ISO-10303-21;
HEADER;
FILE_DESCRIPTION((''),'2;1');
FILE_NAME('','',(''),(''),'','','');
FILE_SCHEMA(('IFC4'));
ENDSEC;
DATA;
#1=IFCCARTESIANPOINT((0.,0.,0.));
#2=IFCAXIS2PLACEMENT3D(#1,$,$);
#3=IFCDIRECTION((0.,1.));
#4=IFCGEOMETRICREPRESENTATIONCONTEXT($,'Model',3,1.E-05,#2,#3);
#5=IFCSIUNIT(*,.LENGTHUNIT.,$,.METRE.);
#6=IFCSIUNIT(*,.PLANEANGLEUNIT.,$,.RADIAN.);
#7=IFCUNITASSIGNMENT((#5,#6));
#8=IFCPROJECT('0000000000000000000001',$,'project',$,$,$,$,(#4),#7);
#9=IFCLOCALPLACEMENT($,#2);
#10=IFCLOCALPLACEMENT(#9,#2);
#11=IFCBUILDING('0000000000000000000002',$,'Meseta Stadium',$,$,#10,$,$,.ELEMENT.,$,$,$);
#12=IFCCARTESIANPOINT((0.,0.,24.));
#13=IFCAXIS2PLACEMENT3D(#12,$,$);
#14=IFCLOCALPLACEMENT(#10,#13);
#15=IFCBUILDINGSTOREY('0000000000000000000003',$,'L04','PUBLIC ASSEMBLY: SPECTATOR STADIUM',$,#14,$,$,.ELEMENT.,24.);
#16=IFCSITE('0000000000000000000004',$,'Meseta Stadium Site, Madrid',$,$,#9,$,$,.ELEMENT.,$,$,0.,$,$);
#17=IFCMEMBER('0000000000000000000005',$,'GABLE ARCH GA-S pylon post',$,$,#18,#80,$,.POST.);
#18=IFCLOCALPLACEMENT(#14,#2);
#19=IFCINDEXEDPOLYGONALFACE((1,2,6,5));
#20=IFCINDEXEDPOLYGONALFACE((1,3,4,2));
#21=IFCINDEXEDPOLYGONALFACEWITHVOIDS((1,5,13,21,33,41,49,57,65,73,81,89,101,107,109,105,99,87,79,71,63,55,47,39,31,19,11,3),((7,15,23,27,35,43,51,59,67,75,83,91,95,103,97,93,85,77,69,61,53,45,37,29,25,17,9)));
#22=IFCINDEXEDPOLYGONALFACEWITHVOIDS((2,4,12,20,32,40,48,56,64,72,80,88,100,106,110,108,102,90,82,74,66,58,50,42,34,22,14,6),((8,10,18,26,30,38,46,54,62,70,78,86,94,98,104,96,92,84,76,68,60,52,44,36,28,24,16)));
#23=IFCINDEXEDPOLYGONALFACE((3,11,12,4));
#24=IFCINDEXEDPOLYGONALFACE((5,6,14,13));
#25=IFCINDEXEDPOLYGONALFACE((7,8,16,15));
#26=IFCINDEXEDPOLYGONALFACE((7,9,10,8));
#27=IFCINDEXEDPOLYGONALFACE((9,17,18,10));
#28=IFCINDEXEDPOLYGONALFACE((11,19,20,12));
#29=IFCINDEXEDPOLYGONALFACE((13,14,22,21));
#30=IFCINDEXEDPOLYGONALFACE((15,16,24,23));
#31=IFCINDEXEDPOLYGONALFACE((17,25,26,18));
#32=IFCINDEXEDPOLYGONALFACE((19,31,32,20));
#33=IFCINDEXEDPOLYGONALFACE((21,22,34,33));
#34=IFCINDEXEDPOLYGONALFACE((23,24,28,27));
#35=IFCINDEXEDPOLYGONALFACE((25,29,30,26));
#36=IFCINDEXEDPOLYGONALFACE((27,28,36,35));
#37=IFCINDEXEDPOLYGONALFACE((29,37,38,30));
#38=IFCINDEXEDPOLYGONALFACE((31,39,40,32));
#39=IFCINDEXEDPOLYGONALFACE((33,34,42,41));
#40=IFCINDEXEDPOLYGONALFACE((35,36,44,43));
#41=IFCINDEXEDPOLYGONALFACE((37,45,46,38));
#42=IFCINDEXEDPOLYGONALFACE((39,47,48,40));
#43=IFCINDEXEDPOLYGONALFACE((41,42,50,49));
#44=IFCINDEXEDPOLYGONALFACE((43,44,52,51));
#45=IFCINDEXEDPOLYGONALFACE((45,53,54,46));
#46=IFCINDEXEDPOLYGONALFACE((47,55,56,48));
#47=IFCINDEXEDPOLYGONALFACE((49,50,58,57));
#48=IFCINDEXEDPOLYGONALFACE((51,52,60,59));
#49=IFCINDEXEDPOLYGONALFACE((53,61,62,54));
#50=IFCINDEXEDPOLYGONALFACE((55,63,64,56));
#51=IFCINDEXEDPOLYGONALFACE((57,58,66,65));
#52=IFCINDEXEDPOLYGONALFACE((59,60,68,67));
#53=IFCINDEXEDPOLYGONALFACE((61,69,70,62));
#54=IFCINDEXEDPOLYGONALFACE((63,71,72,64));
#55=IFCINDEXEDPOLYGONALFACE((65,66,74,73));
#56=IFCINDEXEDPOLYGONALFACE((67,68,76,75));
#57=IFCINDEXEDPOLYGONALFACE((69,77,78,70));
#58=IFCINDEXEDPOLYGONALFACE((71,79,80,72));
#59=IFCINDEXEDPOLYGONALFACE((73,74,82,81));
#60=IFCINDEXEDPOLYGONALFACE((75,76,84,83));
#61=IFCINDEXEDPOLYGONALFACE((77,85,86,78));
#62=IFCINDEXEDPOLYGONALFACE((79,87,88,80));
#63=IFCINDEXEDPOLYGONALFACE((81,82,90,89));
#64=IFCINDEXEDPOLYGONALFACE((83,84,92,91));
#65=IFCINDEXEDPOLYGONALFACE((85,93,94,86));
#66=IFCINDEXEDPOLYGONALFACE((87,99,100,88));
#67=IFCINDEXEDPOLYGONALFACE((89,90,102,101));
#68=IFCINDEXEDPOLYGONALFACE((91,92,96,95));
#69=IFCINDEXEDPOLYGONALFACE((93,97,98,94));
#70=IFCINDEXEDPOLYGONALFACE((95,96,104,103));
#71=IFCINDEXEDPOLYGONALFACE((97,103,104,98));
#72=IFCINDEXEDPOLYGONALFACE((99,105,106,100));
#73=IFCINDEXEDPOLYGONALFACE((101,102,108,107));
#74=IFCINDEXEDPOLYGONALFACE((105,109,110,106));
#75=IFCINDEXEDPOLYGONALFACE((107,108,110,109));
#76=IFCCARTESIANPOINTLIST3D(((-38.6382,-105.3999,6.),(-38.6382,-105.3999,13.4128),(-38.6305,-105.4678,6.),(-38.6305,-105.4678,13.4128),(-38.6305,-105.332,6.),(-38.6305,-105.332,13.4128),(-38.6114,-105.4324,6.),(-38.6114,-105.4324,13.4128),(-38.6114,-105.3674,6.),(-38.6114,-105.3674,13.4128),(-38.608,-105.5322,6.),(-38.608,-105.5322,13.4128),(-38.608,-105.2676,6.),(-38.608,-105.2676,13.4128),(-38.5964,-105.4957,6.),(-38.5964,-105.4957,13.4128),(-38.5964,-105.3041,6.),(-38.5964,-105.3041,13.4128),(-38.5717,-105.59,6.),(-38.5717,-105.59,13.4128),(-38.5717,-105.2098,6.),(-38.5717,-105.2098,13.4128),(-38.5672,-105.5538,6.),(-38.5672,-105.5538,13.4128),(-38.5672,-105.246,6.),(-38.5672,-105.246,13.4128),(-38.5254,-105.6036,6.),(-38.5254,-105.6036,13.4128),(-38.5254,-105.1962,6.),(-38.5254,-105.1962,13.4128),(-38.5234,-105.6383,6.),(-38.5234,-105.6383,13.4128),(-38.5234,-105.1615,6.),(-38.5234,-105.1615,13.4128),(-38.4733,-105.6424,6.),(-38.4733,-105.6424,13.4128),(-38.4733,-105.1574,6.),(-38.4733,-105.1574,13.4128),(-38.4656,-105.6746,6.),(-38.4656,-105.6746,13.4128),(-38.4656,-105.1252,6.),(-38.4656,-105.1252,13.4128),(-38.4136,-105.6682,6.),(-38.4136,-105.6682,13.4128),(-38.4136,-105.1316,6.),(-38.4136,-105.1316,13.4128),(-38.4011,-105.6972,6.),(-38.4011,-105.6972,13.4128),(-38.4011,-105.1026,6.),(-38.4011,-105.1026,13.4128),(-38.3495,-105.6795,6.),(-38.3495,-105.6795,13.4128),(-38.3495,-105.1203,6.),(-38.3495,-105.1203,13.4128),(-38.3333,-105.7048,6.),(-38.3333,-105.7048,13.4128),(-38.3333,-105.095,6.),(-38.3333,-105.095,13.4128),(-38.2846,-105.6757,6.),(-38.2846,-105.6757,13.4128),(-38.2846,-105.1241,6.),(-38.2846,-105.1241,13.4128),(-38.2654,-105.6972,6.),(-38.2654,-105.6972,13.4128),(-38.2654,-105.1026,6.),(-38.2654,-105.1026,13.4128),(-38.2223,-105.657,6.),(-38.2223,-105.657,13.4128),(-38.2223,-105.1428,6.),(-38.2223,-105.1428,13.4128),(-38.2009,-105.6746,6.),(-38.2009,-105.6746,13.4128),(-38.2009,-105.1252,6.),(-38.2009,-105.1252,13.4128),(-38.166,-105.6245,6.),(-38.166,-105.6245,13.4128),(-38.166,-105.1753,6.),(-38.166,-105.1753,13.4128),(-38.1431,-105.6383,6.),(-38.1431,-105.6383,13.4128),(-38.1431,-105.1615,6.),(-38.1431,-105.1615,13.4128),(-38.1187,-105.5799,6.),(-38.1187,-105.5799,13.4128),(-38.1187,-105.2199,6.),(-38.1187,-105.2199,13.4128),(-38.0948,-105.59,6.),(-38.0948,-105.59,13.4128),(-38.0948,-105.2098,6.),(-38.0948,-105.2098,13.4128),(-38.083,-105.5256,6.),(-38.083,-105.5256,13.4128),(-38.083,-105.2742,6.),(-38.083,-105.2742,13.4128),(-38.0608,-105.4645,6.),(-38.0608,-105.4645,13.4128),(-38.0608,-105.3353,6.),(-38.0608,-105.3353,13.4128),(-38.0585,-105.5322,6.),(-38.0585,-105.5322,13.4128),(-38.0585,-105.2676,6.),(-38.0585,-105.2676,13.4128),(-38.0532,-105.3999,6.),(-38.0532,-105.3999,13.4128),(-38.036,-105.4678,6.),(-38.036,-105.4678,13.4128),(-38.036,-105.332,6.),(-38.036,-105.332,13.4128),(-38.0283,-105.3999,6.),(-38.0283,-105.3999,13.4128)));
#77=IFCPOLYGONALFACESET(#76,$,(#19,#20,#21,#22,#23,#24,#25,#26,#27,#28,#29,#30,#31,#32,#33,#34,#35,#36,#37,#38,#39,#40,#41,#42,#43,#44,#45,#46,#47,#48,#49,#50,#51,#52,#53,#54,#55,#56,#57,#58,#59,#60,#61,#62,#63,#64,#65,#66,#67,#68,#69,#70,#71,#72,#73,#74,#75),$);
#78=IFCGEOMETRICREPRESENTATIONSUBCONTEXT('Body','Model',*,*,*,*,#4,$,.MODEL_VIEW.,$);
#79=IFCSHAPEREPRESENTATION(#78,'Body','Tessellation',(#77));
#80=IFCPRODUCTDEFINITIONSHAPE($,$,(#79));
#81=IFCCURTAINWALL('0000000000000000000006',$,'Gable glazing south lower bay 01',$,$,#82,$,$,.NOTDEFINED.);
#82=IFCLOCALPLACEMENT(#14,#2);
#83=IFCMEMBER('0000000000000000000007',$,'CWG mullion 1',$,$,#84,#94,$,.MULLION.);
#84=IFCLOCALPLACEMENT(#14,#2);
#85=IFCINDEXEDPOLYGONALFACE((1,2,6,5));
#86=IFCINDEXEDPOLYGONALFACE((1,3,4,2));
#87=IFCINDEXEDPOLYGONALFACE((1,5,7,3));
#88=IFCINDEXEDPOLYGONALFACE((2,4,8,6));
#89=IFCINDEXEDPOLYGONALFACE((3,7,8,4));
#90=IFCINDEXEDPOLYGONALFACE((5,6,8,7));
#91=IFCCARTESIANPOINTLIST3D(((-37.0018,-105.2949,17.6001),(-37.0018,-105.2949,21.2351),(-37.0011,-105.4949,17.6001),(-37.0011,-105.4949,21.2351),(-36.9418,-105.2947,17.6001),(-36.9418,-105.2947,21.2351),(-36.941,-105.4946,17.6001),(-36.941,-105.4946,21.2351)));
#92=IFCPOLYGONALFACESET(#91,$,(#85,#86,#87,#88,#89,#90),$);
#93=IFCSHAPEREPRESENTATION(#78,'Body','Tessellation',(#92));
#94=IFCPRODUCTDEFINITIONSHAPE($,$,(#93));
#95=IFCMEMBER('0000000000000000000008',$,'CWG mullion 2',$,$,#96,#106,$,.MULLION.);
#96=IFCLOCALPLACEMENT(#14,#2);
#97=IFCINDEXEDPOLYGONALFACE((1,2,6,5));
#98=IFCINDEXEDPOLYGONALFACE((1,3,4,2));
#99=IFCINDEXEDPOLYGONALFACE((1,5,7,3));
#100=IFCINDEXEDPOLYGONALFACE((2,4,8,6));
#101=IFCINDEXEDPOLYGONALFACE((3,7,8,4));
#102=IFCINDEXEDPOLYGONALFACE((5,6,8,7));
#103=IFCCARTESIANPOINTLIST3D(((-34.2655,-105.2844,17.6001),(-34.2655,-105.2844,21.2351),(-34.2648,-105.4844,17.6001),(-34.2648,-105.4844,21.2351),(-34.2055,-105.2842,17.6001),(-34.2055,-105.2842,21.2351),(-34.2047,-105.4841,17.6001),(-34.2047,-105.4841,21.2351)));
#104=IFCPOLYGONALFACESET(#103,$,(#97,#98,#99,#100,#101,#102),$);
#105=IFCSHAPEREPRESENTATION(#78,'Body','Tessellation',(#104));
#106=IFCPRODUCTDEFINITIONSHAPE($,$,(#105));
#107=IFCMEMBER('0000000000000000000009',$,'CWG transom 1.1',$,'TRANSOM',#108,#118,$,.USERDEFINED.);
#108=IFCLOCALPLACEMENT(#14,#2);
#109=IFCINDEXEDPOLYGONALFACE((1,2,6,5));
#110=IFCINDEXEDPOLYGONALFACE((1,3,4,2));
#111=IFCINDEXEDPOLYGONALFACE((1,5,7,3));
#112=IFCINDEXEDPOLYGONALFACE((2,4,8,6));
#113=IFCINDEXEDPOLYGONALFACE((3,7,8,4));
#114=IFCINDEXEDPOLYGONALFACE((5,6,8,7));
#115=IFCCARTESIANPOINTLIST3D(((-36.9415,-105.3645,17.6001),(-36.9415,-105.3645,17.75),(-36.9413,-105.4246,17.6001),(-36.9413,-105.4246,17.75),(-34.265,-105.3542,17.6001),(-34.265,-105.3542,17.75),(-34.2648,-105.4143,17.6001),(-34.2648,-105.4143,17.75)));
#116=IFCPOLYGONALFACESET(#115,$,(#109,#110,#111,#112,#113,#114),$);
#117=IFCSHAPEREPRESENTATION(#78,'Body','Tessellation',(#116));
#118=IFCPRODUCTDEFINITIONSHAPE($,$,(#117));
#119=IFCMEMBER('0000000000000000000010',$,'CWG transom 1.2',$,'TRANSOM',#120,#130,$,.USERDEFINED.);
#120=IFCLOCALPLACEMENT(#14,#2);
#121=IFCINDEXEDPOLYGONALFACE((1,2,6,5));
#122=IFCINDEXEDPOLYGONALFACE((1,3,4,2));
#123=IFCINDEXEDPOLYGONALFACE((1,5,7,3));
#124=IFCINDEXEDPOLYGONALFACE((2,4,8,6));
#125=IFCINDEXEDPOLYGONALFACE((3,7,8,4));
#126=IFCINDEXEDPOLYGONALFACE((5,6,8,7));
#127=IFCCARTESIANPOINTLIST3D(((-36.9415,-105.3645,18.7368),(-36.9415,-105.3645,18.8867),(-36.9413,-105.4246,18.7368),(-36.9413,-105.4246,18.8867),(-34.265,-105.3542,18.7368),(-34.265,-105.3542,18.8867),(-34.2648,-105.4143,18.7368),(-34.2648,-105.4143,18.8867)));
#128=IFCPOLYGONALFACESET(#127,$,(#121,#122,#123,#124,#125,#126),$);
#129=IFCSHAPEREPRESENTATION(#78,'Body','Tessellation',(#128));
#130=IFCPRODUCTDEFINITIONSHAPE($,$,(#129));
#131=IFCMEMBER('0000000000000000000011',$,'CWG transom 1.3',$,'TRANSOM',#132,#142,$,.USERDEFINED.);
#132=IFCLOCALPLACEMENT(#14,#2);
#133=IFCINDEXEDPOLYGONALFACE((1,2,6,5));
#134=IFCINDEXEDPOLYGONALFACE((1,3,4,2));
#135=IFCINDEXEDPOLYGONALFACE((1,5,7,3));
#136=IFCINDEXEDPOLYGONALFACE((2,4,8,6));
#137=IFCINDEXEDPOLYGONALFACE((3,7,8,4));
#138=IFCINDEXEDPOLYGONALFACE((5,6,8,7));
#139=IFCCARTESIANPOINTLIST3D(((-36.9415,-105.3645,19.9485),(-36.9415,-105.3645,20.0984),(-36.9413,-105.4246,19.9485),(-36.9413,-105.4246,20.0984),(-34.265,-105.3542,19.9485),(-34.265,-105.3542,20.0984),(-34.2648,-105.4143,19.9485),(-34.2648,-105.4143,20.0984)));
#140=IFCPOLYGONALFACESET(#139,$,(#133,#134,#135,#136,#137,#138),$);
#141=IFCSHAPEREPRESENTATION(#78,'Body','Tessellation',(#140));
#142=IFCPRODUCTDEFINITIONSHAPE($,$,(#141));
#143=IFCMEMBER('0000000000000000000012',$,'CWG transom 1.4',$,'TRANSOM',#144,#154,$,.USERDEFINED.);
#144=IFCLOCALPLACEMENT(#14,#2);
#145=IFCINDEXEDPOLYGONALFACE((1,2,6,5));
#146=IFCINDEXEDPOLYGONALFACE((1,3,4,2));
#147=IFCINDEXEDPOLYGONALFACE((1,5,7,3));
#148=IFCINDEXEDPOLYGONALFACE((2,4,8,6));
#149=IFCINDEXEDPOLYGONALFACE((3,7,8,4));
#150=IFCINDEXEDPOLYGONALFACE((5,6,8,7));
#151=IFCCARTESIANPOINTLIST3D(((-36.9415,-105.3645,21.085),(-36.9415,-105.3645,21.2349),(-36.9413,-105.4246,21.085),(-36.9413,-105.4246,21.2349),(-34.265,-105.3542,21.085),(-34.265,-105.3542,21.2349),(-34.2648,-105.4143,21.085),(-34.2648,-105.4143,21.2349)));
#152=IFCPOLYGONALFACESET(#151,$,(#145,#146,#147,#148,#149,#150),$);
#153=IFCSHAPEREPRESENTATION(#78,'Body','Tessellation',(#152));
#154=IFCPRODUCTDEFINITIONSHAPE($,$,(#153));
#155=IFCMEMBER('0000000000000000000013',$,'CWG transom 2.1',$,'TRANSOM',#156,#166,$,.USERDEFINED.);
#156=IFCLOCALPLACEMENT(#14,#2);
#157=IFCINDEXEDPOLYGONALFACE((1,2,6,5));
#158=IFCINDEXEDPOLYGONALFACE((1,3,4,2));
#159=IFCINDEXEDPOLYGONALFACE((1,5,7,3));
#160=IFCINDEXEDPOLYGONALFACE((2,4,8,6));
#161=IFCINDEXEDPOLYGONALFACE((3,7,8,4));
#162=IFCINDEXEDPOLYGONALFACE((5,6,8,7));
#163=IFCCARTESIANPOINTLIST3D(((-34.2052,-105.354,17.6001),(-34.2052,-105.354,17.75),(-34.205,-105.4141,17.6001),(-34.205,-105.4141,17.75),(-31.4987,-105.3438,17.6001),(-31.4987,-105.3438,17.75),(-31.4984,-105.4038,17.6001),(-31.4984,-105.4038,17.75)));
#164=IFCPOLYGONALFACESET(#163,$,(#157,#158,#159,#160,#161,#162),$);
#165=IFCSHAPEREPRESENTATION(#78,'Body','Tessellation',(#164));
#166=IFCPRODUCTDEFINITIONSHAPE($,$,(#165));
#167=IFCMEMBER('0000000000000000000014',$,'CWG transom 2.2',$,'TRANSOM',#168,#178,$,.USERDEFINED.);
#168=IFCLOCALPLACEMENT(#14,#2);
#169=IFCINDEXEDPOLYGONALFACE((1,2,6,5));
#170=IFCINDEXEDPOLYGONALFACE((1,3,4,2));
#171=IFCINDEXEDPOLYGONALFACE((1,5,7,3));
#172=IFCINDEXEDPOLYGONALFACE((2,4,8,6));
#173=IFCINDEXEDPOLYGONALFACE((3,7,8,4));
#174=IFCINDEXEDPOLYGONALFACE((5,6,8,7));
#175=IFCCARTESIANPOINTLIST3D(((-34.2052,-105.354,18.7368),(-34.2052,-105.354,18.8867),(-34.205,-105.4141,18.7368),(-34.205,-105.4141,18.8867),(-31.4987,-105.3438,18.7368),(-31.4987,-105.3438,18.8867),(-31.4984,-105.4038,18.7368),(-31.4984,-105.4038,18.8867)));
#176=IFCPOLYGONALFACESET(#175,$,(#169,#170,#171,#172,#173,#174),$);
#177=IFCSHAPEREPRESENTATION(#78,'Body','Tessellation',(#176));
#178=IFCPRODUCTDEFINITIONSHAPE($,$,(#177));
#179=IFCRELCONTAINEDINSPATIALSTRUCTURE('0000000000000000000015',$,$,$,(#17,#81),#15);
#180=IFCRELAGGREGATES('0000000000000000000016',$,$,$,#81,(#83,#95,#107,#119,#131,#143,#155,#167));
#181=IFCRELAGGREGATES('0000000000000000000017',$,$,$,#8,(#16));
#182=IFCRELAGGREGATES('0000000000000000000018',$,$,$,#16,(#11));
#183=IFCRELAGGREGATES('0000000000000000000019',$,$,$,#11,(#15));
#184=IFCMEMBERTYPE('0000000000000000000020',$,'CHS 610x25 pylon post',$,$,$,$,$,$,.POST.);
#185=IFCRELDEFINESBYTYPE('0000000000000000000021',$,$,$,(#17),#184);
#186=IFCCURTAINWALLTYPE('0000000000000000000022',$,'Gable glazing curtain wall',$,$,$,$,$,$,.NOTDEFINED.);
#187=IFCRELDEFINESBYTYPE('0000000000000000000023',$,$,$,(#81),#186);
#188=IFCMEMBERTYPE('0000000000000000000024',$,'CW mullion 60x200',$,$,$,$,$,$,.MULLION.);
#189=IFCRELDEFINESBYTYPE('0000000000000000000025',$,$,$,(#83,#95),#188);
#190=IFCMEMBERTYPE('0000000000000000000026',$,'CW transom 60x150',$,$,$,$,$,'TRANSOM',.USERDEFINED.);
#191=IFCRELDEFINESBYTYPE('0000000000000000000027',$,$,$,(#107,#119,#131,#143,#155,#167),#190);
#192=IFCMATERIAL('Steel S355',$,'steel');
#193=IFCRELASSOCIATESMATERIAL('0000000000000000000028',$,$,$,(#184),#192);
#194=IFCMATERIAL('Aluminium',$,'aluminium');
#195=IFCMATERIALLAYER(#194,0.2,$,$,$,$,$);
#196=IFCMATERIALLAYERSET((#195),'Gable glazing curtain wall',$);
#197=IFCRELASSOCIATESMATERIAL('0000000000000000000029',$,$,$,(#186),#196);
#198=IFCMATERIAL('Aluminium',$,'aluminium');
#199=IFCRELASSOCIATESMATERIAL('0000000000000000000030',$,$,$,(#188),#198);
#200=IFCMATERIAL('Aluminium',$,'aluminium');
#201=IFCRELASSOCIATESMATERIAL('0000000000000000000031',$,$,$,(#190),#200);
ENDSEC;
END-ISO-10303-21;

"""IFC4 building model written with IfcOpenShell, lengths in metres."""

from ifc_helpers import new_model, si_unit, direction, frame, origin, origin_2d, place, context, subcontext, project, spatial, rectangle, hollow_circle, extrude, material, layer, layer_set, material_profile, profile_set, type_object, element, aggregate, save


model = new_model("IFC4")

# Units and contexts
model_context = context("Model", 3, precision=1e-05, world=origin(), true_north=direction((0.0, 1.0)))
body_context = subcontext(model_context, "Body", "Model", "MODEL_VIEW")
ifc_project = project(units=[si_unit("LENGTHUNIT", "METRE"), si_unit("PLANEANGLEUNIT", "RADIAN")], contexts=[model_context])

# Site, building, storey
site_placement = place(None, origin())
site = spatial("IfcSite", under=ifc_project, at=site_placement, Name="Meseta Stadium Site, Madrid", CompositionType="ELEMENT", RefElevation=0.0)
building_placement = place(site_placement, origin())
building = spatial("IfcBuilding", under=site, at=building_placement, Name="Meseta Stadium", CompositionType="ELEMENT")
storey_placement = place(building_placement, frame((0.0, 0.0, 24.0)))
storey = spatial("IfcBuildingStorey", under=building, at=storey_placement, Name="L04", Description="PUBLIC ASSEMBLY: SPECTATOR STADIUM", CompositionType="ELEMENT", Elevation=24.0)

# Member
ifc_material_1 = material(Name="Steel S355", Category="steel")
ifc_material_profile_1 = material_profile(ifc_material_1, hollow_circle(Radius=0.3049, WallThickness=0.0249, at=origin_2d()), Name="CHS 610x25")
ifc_profile_set_1 = profile_set([ifc_material_profile_1], Name="Steel S355")
member_type_1 = type_object("IfcMemberType", Name="CHS 610x25 pylon post", PredefinedType="POST", material=ifc_profile_set_1)
member_1_placement = place(storey_placement, frame((-38.3333, -105.3999, 6.0), z_axis=(0.0, 0.0, 1.0), x_axis=(1.0, 0.0, 0.0)))
element("IfcMember", 1, at=member_1_placement, inside=storey, type_object=member_type_1, Name="GABLE ARCH GA-S pylon post", PredefinedType="POST", context=body_context, shape_type="SweptSolid", body=[
    extrude(hollow_circle(Radius=0.3049, WallThickness=0.0249, at=origin_2d()), origin(), (0.0, 0.0, 1.0), 7.4128),
])

# Curtain wall, members
ifc_material_2 = material(Name="Aluminium", Category="aluminium")
ifc_layer_1 = layer(ifc_material_2, 0.2)
ifc_layer_set_1 = layer_set([ifc_layer_1], Name="Gable glazing curtain wall")
curtain_wall_type = type_object("IfcCurtainWallType", Name="Gable glazing curtain wall", PredefinedType="NOTDEFINED", material=ifc_layer_set_1)
curtain_wall_placement = place(storey_placement, origin())
curtain_wall = element("IfcCurtainWall", 2, at=curtain_wall_placement, inside=storey, type_object=curtain_wall_type, Name="Gable glazing south lower bay 01", PredefinedType="NOTDEFINED")
ifc_material_3 = material(Name="Aluminium", Category="aluminium")
ifc_material_profile_2 = material_profile(ifc_material_3, rectangle(XDim=0.2, YDim=0.0601, at=origin_2d()), Name="CW 200x60")
ifc_profile_set_2 = profile_set([ifc_material_profile_2], Name="Aluminium")
member_type_2 = type_object("IfcMemberType", Name="CW mullion 60x200", PredefinedType="MULLION", material=ifc_profile_set_2)
member_2_placement = place(storey_placement, frame((-36.9714, -105.3948, 17.6001), z_axis=(0.0, 0.0, 1.0), x_axis=(-0.003848, 0.999993, 0.0)))
member_2 = element("IfcMember", 3, at=member_2_placement, type_object=member_type_2, Name="CWG mullion 1", PredefinedType="MULLION", context=body_context, shape_type="SweptSolid", body=[
    extrude(rectangle(XDim=0.2, YDim=0.0601, at=origin_2d()), origin(), (0.0, 0.0, 1.0), 3.635),
])
member_3_placement = place(storey_placement, frame((-34.2351, -105.3843, 17.6001), z_axis=(0.0, 0.0, 1.0), x_axis=(-0.003848, 0.999993, 0.0)))
member_3 = element("IfcMember", 4, at=member_3_placement, type_object=member_type_2, Name="CWG mullion 2", PredefinedType="MULLION", context=body_context, shape_type="SweptSolid", body=[
    extrude(rectangle(XDim=0.2, YDim=0.0601, at=origin_2d()), origin(), (0.0, 0.0, 1.0), 3.635),
])
ifc_material_4 = material(Name="Aluminium", Category="aluminium")
ifc_material_profile_3 = material_profile(ifc_material_4, rectangle(XDim=0.0601, YDim=0.1499, at=origin_2d()), Name="CW 60x150")
ifc_profile_set_3 = profile_set([ifc_material_profile_3], Name="Aluminium")
member_type_3 = type_object("IfcMemberType", Name="CW transom 60x150", ElementType="TRANSOM", PredefinedType="USERDEFINED", material=ifc_profile_set_3)
member_4_placement = place(storey_placement, frame((-36.9414, -105.3945, 17.675), z_axis=(0.999993, 0.003831, 0.0), x_axis=(-0.003831, 0.999993, 0.0)))
member_4 = element("IfcMember", 5, at=member_4_placement, type_object=member_type_3, Name="CWG transom 1.1", ObjectType="TRANSOM", PredefinedType="USERDEFINED", context=body_context, shape_type="SweptSolid", body=[
    extrude(rectangle(XDim=0.0601, YDim=0.1499, at=origin_2d()), origin(), (0.0, 0.0, 1.0), 2.6765),
])
member_5_placement = place(storey_placement, frame((-36.9414, -105.3945, 18.8118), z_axis=(0.999993, 0.003831, 0.0), x_axis=(-0.003831, 0.999993, 0.0)))
member_5 = element("IfcMember", 6, at=member_5_placement, type_object=member_type_3, Name="CWG transom 1.2", ObjectType="TRANSOM", PredefinedType="USERDEFINED", context=body_context, shape_type="SweptSolid", body=[
    extrude(rectangle(XDim=0.0601, YDim=0.1499, at=origin_2d()), origin(), (0.0, 0.0, 1.0), 2.6765),
])
member_6_placement = place(storey_placement, frame((-36.9414, -105.3945, 20.0234), z_axis=(0.999993, 0.003831, 0.0), x_axis=(-0.003831, 0.999993, 0.0)))
member_6 = element("IfcMember", 7, at=member_6_placement, type_object=member_type_3, Name="CWG transom 1.3", ObjectType="TRANSOM", PredefinedType="USERDEFINED", context=body_context, shape_type="SweptSolid", body=[
    extrude(rectangle(XDim=0.0601, YDim=0.1499, at=origin_2d()), origin(), (0.0, 0.0, 1.0), 2.6765),
])
member_7_placement = place(storey_placement, frame((-36.9414, -105.3945, 21.1599), z_axis=(0.999993, 0.003831, 0.0), x_axis=(-0.003831, 0.999993, 0.0)))
member_7 = element("IfcMember", 8, at=member_7_placement, type_object=member_type_3, Name="CWG transom 1.4", ObjectType="TRANSOM", PredefinedType="USERDEFINED", context=body_context, shape_type="SweptSolid", body=[
    extrude(rectangle(XDim=0.0601, YDim=0.1499, at=origin_2d()), origin(), (0.0, 0.0, 1.0), 2.6765),
])
member_8_placement = place(storey_placement, frame((-34.2051, -105.384, 17.675), z_axis=(0.999993, 0.003789, 0.0), x_axis=(-0.003789, 0.999993, 0.0)))
member_8 = element("IfcMember", 9, at=member_8_placement, type_object=member_type_3, Name="CWG transom 2.1", ObjectType="TRANSOM", PredefinedType="USERDEFINED", context=body_context, shape_type="SweptSolid", body=[
    extrude(rectangle(XDim=0.0601, YDim=0.1499, at=origin_2d()), origin(), (0.0, 0.0, 1.0), 2.7065),
])
member_9_placement = place(storey_placement, frame((-34.2051, -105.384, 18.8118), z_axis=(0.999993, 0.003789, 0.0), x_axis=(-0.003789, 0.999993, 0.0)))
member_9 = element("IfcMember", 10, at=member_9_placement, type_object=member_type_3, Name="CWG transom 2.2", ObjectType="TRANSOM", PredefinedType="USERDEFINED", context=body_context, shape_type="SweptSolid", body=[
    extrude(rectangle(XDim=0.0601, YDim=0.1499, at=origin_2d()), origin(), (0.0, 0.0, 1.0), 2.7065),
])

aggregate(curtain_wall, [member_2, member_3, member_4, member_5, member_6, member_7, member_8, member_9])

save(model, "model.ifc")
